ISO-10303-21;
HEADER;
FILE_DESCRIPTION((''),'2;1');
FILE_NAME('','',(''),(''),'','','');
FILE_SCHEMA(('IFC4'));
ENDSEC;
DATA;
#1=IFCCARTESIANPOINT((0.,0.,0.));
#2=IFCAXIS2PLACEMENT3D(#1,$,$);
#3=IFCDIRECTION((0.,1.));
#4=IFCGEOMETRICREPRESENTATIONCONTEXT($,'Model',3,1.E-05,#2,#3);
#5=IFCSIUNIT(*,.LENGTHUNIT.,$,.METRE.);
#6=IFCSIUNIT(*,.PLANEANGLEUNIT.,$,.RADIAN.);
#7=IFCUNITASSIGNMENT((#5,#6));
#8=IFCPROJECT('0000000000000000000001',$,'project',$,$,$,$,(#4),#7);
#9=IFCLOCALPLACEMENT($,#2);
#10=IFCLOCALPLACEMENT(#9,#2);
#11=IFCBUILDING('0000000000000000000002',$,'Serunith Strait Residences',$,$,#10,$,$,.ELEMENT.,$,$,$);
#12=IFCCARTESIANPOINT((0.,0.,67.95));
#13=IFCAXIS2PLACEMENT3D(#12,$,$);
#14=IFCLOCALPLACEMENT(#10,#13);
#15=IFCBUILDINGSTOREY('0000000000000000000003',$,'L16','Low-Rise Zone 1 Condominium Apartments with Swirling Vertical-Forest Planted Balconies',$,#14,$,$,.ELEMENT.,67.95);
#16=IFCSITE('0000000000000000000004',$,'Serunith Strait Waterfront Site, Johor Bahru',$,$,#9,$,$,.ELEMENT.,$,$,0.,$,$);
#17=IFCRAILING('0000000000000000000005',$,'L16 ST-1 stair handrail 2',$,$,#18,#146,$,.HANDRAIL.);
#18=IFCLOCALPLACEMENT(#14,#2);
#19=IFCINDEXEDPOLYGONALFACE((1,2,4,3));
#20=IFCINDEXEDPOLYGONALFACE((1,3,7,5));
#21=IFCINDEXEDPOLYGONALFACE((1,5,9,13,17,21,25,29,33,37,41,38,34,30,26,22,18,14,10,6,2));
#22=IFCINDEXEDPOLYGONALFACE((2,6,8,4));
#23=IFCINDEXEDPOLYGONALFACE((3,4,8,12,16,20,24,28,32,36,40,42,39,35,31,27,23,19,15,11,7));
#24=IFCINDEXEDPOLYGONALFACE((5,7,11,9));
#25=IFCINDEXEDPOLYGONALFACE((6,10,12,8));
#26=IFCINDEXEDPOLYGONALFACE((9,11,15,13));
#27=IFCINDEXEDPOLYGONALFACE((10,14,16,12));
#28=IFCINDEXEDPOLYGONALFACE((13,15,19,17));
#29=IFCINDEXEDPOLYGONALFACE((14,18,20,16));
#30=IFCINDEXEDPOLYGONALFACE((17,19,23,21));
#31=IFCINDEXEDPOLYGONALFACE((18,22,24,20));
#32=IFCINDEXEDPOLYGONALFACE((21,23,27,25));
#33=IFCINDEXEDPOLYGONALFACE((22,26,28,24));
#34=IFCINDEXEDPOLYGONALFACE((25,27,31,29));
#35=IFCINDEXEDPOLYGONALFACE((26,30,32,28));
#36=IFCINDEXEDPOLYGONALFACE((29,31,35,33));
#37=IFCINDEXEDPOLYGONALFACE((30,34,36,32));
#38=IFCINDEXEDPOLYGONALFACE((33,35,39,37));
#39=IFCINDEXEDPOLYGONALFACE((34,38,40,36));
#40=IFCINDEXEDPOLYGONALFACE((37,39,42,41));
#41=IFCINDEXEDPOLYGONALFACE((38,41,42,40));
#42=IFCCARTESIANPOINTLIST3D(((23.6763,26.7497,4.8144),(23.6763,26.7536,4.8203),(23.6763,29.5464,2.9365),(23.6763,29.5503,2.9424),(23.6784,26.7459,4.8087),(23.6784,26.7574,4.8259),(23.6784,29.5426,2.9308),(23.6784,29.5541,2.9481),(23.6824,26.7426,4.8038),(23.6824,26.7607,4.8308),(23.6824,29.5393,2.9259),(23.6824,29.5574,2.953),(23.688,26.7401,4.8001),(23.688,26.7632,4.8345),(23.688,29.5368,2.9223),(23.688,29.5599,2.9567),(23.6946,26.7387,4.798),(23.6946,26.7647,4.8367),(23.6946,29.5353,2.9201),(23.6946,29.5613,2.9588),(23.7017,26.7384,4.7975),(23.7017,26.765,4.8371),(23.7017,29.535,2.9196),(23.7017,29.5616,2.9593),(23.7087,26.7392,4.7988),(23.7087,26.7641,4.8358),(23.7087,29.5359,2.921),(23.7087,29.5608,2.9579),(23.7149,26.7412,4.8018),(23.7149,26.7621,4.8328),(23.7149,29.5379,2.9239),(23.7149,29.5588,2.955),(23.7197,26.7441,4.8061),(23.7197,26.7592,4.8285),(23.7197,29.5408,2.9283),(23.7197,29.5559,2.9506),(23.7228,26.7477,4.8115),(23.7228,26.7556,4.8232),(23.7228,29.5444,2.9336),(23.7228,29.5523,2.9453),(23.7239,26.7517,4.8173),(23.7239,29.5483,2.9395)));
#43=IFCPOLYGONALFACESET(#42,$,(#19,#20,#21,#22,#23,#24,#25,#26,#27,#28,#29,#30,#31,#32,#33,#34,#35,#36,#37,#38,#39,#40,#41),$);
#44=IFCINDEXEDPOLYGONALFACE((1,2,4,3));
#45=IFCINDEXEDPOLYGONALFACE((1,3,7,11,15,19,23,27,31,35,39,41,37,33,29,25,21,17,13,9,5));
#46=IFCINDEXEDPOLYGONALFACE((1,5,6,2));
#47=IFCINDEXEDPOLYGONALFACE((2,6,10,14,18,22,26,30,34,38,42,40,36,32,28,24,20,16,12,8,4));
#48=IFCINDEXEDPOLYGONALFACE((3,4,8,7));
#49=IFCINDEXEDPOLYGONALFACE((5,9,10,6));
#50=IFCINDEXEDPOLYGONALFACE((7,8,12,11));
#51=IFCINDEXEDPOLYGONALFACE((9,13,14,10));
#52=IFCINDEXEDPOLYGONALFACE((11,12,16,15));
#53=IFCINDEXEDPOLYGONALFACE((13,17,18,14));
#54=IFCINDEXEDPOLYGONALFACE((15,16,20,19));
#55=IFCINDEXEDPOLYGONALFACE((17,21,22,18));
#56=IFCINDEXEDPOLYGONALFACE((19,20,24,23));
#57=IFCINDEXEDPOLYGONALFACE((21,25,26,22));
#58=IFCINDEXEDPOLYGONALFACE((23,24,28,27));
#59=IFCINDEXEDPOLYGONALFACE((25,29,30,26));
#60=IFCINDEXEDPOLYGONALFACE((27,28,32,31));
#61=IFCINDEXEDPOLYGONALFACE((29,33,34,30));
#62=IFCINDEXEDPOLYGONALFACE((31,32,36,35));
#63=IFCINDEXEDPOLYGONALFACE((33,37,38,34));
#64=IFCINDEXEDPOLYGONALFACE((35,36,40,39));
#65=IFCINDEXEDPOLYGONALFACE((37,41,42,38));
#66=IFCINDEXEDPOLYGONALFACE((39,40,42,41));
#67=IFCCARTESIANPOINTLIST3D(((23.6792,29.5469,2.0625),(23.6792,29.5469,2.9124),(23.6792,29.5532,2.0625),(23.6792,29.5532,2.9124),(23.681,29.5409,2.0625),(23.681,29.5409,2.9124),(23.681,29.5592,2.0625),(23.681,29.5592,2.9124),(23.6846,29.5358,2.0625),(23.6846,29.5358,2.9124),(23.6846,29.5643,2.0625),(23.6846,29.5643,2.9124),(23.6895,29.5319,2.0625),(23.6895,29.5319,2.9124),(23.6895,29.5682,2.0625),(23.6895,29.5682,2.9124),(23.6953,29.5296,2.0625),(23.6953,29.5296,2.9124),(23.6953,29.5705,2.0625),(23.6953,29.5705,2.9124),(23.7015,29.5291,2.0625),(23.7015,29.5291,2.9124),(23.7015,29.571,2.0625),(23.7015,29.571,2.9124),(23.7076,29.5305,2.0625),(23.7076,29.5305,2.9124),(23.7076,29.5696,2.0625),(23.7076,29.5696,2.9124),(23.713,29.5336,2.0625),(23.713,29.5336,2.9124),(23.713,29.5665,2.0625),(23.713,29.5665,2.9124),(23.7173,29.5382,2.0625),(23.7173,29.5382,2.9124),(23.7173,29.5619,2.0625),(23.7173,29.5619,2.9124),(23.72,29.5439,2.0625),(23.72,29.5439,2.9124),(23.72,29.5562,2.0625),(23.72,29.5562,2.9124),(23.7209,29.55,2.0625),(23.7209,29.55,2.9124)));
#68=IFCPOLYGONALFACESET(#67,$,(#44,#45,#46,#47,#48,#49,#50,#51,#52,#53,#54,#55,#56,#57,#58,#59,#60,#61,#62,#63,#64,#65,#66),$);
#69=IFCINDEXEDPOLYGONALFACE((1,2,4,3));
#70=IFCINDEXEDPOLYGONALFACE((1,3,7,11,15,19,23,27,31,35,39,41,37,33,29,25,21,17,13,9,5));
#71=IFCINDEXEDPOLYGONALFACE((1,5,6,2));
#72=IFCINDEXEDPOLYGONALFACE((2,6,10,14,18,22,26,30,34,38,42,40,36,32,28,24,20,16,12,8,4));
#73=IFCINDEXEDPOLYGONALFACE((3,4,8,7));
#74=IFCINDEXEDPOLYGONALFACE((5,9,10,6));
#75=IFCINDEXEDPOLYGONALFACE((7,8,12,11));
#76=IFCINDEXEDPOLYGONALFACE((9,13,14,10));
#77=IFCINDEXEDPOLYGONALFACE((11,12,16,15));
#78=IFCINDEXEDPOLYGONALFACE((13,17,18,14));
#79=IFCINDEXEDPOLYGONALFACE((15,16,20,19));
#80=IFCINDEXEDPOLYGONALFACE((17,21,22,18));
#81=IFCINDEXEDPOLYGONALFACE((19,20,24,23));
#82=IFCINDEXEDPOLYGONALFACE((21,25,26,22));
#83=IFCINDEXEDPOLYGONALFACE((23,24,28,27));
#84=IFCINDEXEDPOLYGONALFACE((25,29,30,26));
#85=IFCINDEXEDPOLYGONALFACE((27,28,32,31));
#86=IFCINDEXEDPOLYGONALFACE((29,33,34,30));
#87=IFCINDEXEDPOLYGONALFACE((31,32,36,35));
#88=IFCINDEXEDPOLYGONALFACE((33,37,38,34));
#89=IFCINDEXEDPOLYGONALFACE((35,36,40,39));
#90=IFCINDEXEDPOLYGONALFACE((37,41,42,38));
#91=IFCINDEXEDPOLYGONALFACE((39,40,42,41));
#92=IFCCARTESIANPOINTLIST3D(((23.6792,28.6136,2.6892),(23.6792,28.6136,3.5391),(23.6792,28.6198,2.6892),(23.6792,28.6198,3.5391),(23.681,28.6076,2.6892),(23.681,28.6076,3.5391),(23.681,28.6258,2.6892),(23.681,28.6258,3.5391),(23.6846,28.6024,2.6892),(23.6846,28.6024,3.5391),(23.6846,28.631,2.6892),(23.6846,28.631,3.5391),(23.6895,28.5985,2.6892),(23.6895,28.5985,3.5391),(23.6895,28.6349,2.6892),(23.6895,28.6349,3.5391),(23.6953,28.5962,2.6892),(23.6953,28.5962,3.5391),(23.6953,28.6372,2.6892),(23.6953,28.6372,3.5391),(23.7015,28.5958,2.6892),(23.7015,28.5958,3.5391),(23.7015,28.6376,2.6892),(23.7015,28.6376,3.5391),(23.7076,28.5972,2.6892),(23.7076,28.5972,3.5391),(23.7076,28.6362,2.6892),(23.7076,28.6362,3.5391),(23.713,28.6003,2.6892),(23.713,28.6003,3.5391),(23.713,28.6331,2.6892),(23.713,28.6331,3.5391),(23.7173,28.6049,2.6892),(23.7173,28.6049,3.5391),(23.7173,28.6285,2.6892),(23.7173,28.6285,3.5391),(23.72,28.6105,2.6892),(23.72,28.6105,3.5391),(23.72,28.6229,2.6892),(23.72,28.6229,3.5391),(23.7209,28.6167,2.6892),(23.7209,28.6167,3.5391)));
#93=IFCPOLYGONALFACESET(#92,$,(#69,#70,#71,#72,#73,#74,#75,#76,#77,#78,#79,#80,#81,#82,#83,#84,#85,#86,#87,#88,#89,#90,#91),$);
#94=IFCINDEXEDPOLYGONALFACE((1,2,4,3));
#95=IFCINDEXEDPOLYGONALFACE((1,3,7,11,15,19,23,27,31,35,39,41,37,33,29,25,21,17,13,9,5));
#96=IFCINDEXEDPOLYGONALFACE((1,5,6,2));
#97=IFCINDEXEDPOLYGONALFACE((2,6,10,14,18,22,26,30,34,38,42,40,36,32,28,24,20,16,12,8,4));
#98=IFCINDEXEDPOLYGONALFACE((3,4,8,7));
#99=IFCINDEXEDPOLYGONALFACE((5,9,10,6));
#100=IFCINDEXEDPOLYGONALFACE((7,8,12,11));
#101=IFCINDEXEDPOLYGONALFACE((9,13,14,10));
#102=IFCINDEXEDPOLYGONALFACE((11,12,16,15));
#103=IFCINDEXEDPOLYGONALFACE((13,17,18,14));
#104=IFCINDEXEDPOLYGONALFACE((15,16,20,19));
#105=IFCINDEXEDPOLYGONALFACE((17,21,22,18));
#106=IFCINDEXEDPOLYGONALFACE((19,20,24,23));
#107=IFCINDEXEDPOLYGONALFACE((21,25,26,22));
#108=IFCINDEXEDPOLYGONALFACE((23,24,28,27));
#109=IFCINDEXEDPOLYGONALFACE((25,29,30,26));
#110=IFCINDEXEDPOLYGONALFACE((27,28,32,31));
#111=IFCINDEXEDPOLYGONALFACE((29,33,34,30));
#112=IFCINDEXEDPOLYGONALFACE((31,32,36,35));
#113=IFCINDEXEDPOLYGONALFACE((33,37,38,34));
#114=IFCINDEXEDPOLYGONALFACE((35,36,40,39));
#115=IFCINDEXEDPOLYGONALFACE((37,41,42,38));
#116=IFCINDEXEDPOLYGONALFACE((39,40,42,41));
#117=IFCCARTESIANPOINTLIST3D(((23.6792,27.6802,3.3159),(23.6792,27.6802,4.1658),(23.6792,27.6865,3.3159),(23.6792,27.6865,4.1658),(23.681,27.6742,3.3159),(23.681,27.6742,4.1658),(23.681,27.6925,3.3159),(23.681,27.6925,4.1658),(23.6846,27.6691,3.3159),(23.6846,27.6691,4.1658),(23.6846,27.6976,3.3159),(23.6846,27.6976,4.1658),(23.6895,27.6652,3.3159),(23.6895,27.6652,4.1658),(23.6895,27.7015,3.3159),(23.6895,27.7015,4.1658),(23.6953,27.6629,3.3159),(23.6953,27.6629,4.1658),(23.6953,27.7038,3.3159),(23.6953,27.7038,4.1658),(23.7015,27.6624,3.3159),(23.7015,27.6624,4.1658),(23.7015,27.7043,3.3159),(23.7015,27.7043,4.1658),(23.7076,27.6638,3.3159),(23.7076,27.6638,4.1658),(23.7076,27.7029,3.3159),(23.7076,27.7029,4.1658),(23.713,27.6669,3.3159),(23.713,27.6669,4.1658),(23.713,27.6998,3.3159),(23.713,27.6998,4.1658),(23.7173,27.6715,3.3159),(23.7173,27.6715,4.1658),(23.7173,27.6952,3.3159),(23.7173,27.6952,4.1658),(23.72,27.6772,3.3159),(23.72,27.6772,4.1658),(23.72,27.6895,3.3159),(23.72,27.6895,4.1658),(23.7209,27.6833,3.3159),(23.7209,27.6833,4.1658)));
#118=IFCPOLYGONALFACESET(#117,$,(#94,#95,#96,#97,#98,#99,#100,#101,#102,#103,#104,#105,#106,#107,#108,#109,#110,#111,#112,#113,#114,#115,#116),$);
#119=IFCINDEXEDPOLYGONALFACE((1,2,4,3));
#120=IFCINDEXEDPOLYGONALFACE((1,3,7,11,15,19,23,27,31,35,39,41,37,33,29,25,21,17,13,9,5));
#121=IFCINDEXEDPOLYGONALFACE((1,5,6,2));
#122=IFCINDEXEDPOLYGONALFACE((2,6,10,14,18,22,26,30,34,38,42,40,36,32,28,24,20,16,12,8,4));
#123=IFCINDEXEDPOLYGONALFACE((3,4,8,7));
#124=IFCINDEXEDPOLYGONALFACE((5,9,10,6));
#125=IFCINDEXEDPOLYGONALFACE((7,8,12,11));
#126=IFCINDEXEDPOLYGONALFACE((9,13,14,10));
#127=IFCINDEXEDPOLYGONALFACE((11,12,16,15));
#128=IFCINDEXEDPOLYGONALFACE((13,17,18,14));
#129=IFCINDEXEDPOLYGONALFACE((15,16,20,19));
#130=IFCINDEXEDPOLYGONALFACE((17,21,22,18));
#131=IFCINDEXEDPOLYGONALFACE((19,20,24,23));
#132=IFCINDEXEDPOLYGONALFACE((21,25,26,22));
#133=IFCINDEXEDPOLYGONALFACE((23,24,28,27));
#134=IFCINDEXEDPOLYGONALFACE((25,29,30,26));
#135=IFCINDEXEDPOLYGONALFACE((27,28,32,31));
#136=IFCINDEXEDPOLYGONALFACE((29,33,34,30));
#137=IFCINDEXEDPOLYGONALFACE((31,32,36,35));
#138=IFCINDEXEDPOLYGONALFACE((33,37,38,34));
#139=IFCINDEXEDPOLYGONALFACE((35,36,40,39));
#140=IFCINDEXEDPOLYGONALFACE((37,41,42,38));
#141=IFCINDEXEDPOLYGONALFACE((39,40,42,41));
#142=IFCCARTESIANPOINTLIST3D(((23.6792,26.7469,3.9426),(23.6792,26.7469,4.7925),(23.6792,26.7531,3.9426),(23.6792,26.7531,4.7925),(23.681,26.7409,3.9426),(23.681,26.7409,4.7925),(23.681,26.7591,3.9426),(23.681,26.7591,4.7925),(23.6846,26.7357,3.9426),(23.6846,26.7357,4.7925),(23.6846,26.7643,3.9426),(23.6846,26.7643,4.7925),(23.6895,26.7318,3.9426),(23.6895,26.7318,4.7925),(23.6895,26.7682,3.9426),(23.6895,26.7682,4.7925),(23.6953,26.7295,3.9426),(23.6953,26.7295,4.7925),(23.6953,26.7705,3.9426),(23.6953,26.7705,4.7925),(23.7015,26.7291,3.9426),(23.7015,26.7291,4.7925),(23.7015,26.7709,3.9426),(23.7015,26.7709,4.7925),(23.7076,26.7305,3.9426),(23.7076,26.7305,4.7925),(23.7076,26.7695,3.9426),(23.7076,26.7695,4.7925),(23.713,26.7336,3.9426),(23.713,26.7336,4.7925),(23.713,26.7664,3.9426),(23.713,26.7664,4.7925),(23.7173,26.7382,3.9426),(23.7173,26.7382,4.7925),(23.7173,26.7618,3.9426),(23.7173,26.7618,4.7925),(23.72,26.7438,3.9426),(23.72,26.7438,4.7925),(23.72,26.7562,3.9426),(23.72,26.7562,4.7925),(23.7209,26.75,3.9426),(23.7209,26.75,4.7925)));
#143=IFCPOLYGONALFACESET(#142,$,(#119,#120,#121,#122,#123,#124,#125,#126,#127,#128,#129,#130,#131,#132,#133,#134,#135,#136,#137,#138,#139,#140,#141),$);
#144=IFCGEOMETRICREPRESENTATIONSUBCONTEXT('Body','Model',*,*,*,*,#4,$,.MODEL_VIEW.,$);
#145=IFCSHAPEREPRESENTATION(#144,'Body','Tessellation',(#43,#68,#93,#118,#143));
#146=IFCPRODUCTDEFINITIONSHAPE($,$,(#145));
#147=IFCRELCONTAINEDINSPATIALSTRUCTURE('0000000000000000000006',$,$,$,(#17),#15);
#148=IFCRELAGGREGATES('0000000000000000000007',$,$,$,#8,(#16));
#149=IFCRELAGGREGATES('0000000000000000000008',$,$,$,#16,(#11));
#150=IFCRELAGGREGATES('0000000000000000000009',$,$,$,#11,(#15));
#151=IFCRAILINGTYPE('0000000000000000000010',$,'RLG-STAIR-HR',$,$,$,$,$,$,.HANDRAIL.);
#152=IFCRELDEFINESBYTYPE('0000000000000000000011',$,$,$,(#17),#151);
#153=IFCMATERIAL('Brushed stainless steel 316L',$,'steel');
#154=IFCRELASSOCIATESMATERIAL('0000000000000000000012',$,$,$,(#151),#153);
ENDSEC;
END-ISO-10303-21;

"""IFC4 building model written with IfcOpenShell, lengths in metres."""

from ifc_helpers import new_model, si_unit, direction, frame, origin, origin_2d, place, context, subcontext, project, spatial, circle, extrude, material, type_object, element, save


model = new_model("IFC4")

# Units and contexts
model_context = context("Model", 3, precision=1e-05, world=origin(), true_north=direction((0.0, 1.0)))
body_context = subcontext(model_context, "Body", "Model", "MODEL_VIEW")
ifc_project = project(units=[si_unit("LENGTHUNIT", "METRE"), si_unit("PLANEANGLEUNIT", "RADIAN")], contexts=[model_context])

# Site, building, storey
site_placement = place(None, origin())
site = spatial("IfcSite", under=ifc_project, at=site_placement, Name="Serunith Strait Waterfront Site, Johor Bahru", CompositionType="ELEMENT", RefElevation=0.0)
building_placement = place(site_placement, origin())
building = spatial("IfcBuilding", under=site, at=building_placement, Name="Serunith Strait Residences", CompositionType="ELEMENT")
storey_placement = place(building_placement, frame((0.0, 0.0, 67.95)))
storey = spatial("IfcBuildingStorey", under=building, at=storey_placement, Name="L16", Description="Low-Rise Zone 1 Condominium Apartments with Swirling Vertical-Forest Planted Balconies", CompositionType="ELEMENT", Elevation=67.95)

# Railing
ifc_material_1 = material(Name="Brushed stainless steel 316L", Category="steel")
railing_type_1 = type_object("IfcRailingType", Name="RLG-STAIR-HR", PredefinedType="HANDRAIL", material=ifc_material_1)
railing_1_placement = place(storey_placement, frame((23.7, 29.55, 2.0625)))
element("IfcRailing", 1, at=railing_1_placement, inside=storey, type_object=railing_type_1, Name="L16 ST-1 stair handrail 2", PredefinedType="HANDRAIL", context=body_context, shape_type="SweptSolid", body=[
    extrude(circle(Radius=0.0239, at=origin_2d()), frame((0.0, -0.0017, 0.877), z_axis=(0.0, -0.830208, 0.557453), x_axis=(1.0, 0.0, 0.0)), (0.0, 0.0, 1.0), 3.3687),
    extrude(circle(Radius=0.021, at=origin_2d()), origin(), (0.0, 0.0, 1.0), 0.8499),
    extrude(circle(Radius=0.021, at=origin_2d()), frame((0.0, -0.9333, 0.6267)), (0.0, 0.0, 1.0), 0.8499),
    extrude(circle(Radius=0.021, at=origin_2d()), frame((0.0, -1.8667, 1.2534)), (0.0, 0.0, 1.0), 0.8499),
    extrude(circle(Radius=0.021, at=origin_2d()), frame((0.0, -2.8, 1.8801)), (0.0, 0.0, 1.0), 0.8499),
])

save(model, "model.ifc")
